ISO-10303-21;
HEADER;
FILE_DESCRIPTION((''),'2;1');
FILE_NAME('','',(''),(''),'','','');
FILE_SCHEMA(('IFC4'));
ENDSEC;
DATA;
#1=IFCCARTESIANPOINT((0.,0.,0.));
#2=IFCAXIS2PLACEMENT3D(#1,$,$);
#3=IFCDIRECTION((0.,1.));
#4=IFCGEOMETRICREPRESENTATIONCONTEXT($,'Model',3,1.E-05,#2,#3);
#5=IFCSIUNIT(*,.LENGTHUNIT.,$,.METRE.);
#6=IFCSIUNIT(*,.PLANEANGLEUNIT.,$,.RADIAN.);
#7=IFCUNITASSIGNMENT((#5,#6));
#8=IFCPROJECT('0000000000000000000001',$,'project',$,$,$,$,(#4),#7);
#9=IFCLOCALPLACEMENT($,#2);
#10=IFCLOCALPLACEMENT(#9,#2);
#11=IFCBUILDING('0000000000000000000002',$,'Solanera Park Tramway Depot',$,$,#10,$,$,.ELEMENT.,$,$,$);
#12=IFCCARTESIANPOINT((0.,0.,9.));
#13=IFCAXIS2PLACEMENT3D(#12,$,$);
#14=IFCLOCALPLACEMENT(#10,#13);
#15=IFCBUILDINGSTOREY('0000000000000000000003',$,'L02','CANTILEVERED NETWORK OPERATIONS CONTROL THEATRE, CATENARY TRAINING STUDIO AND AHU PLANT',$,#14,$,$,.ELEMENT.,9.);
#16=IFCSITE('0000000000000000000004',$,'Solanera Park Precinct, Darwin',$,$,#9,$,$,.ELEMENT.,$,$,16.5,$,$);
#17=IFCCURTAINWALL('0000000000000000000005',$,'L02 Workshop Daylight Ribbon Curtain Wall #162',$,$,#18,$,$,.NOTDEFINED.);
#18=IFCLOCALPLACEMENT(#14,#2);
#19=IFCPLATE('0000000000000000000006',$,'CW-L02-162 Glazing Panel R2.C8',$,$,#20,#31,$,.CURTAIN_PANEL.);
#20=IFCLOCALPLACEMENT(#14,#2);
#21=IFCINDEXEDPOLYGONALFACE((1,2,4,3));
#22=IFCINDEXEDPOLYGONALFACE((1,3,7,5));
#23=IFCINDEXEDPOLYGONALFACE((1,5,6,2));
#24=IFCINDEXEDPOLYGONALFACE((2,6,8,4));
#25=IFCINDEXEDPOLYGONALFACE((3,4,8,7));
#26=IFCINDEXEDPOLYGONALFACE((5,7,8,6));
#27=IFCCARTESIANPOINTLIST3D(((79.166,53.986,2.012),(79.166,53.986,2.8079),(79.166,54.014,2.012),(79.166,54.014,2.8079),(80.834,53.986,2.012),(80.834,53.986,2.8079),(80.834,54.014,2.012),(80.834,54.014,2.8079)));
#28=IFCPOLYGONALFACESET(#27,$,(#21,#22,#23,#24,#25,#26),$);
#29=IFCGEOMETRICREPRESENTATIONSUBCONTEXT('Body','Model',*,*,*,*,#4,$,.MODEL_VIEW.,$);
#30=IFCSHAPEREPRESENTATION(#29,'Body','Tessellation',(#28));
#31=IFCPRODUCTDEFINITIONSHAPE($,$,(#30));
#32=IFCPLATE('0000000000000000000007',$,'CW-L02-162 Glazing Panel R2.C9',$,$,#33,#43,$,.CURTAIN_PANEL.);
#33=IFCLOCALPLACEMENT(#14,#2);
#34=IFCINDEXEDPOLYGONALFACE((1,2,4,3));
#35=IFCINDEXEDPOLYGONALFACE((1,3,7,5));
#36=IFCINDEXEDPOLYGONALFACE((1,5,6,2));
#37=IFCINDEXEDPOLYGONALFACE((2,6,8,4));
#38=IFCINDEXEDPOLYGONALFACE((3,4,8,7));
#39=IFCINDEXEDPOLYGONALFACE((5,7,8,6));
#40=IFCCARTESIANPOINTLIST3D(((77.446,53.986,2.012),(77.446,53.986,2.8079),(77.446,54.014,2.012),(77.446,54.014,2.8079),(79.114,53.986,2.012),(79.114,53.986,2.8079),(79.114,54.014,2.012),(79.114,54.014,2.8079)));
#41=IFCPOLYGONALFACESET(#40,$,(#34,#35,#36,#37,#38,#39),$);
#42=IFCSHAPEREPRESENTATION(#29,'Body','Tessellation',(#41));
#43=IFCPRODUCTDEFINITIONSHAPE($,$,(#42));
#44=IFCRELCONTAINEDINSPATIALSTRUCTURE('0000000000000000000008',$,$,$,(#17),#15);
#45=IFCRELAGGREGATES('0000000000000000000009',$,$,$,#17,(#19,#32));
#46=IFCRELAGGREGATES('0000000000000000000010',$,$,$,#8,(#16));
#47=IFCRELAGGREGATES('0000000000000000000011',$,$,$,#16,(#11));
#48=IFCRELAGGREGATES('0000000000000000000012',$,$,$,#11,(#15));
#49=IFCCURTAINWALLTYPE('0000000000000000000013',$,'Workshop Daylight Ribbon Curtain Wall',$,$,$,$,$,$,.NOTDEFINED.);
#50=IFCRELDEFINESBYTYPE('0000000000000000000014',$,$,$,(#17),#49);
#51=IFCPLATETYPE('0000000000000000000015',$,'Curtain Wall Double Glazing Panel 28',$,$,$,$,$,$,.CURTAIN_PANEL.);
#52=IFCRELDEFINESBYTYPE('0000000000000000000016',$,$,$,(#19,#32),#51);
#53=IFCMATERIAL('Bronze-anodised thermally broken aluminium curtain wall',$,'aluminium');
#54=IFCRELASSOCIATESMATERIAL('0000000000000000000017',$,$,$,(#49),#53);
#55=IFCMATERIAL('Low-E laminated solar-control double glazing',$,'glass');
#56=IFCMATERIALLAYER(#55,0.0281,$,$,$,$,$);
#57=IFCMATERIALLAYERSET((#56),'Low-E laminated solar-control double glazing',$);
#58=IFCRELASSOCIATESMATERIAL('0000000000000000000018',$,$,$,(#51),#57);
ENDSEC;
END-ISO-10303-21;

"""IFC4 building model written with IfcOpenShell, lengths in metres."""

from ifc_helpers import new_model, si_unit, direction, frame, origin, origin_2d, place, context, subcontext, project, spatial, rectangle, extrude, material, layer, layer_set, type_object, element, aggregate, save


model = new_model("IFC4")

# Units and contexts
model_context = context("Model", 3, precision=1e-05, world=origin(), true_north=direction((0.0, 1.0)))
body_context = subcontext(model_context, "Body", "Model", "MODEL_VIEW")
ifc_project = project(units=[si_unit("LENGTHUNIT", "METRE"), si_unit("PLANEANGLEUNIT", "RADIAN")], contexts=[model_context])

# Site, building, storey
site_placement = place(None, origin())
site = spatial("IfcSite", under=ifc_project, at=site_placement, Name="Solanera Park Precinct, Darwin", CompositionType="ELEMENT", RefElevation=16.5)
building_placement = place(site_placement, origin())
building = spatial("IfcBuilding", under=site, at=building_placement, Name="Solanera Park Tramway Depot", CompositionType="ELEMENT")
storey_placement = place(building_placement, frame((0.0, 0.0, 9.0)))
storey = spatial("IfcBuildingStorey", under=building, at=storey_placement, Name="L02", Description="CANTILEVERED NETWORK OPERATIONS CONTROL THEATRE, CATENARY TRAINING STUDIO AND AHU PLANT", CompositionType="ELEMENT", Elevation=9.0)

# Curtain wall, plates
ifc_material_1 = material(Name="Bronze-anodised thermally broken aluminium curtain wall", Category="aluminium")
curtain_wall_type = type_object("IfcCurtainWallType", Name="Workshop Daylight Ribbon Curtain Wall", PredefinedType="NOTDEFINED", material=ifc_material_1)
curtain_wall_placement = place(storey_placement, origin())
curtain_wall = element("IfcCurtainWall", 1, at=curtain_wall_placement, inside=storey, type_object=curtain_wall_type, Name="L02 Workshop Daylight Ribbon Curtain Wall #162", PredefinedType="NOTDEFINED")
ifc_material_2 = material(Name="Low-E laminated solar-control double glazing", Category="glass")
ifc_layer = layer(ifc_material_2, 0.0281)
ifc_layer_set = layer_set([ifc_layer], Name="Low-E laminated solar-control double glazing")
plate_type = type_object("IfcPlateType", Name="Curtain Wall Double Glazing Panel 28", PredefinedType="CURTAIN_PANEL", material=ifc_layer_set)
plate_1_placement = place(storey_placement, frame((80.0, 54.0, 2.012), z_axis=(0.0, 0.0, 1.0), x_axis=(-1.0, 0.0, 0.0)))
plate_1 = element("IfcPlate", 2, at=plate_1_placement, type_object=plate_type, Name="CW-L02-162 Glazing Panel R2.C8", PredefinedType="CURTAIN_PANEL", context=body_context, shape_type="SweptSolid", body=[
    extrude(rectangle(XDim=1.668, YDim=0.0281, at=origin_2d()), origin(), (0.0, 0.0, 1.0), 0.7959),
])
plate_2_placement = place(storey_placement, frame((78.28, 54.0, 2.012), z_axis=(0.0, 0.0, 1.0), x_axis=(-1.0, 0.0, 0.0)))
plate_2 = element("IfcPlate", 3, at=plate_2_placement, type_object=plate_type, Name="CW-L02-162 Glazing Panel R2.C9", PredefinedType="CURTAIN_PANEL", context=body_context, shape_type="SweptSolid", body=[
    extrude(rectangle(XDim=1.668, YDim=0.0281, at=origin_2d()), origin(), (0.0, 0.0, 1.0), 0.7959),
])
aggregate(curtain_wall, [plate_1, plate_2])

save(model, "model.ifc")
